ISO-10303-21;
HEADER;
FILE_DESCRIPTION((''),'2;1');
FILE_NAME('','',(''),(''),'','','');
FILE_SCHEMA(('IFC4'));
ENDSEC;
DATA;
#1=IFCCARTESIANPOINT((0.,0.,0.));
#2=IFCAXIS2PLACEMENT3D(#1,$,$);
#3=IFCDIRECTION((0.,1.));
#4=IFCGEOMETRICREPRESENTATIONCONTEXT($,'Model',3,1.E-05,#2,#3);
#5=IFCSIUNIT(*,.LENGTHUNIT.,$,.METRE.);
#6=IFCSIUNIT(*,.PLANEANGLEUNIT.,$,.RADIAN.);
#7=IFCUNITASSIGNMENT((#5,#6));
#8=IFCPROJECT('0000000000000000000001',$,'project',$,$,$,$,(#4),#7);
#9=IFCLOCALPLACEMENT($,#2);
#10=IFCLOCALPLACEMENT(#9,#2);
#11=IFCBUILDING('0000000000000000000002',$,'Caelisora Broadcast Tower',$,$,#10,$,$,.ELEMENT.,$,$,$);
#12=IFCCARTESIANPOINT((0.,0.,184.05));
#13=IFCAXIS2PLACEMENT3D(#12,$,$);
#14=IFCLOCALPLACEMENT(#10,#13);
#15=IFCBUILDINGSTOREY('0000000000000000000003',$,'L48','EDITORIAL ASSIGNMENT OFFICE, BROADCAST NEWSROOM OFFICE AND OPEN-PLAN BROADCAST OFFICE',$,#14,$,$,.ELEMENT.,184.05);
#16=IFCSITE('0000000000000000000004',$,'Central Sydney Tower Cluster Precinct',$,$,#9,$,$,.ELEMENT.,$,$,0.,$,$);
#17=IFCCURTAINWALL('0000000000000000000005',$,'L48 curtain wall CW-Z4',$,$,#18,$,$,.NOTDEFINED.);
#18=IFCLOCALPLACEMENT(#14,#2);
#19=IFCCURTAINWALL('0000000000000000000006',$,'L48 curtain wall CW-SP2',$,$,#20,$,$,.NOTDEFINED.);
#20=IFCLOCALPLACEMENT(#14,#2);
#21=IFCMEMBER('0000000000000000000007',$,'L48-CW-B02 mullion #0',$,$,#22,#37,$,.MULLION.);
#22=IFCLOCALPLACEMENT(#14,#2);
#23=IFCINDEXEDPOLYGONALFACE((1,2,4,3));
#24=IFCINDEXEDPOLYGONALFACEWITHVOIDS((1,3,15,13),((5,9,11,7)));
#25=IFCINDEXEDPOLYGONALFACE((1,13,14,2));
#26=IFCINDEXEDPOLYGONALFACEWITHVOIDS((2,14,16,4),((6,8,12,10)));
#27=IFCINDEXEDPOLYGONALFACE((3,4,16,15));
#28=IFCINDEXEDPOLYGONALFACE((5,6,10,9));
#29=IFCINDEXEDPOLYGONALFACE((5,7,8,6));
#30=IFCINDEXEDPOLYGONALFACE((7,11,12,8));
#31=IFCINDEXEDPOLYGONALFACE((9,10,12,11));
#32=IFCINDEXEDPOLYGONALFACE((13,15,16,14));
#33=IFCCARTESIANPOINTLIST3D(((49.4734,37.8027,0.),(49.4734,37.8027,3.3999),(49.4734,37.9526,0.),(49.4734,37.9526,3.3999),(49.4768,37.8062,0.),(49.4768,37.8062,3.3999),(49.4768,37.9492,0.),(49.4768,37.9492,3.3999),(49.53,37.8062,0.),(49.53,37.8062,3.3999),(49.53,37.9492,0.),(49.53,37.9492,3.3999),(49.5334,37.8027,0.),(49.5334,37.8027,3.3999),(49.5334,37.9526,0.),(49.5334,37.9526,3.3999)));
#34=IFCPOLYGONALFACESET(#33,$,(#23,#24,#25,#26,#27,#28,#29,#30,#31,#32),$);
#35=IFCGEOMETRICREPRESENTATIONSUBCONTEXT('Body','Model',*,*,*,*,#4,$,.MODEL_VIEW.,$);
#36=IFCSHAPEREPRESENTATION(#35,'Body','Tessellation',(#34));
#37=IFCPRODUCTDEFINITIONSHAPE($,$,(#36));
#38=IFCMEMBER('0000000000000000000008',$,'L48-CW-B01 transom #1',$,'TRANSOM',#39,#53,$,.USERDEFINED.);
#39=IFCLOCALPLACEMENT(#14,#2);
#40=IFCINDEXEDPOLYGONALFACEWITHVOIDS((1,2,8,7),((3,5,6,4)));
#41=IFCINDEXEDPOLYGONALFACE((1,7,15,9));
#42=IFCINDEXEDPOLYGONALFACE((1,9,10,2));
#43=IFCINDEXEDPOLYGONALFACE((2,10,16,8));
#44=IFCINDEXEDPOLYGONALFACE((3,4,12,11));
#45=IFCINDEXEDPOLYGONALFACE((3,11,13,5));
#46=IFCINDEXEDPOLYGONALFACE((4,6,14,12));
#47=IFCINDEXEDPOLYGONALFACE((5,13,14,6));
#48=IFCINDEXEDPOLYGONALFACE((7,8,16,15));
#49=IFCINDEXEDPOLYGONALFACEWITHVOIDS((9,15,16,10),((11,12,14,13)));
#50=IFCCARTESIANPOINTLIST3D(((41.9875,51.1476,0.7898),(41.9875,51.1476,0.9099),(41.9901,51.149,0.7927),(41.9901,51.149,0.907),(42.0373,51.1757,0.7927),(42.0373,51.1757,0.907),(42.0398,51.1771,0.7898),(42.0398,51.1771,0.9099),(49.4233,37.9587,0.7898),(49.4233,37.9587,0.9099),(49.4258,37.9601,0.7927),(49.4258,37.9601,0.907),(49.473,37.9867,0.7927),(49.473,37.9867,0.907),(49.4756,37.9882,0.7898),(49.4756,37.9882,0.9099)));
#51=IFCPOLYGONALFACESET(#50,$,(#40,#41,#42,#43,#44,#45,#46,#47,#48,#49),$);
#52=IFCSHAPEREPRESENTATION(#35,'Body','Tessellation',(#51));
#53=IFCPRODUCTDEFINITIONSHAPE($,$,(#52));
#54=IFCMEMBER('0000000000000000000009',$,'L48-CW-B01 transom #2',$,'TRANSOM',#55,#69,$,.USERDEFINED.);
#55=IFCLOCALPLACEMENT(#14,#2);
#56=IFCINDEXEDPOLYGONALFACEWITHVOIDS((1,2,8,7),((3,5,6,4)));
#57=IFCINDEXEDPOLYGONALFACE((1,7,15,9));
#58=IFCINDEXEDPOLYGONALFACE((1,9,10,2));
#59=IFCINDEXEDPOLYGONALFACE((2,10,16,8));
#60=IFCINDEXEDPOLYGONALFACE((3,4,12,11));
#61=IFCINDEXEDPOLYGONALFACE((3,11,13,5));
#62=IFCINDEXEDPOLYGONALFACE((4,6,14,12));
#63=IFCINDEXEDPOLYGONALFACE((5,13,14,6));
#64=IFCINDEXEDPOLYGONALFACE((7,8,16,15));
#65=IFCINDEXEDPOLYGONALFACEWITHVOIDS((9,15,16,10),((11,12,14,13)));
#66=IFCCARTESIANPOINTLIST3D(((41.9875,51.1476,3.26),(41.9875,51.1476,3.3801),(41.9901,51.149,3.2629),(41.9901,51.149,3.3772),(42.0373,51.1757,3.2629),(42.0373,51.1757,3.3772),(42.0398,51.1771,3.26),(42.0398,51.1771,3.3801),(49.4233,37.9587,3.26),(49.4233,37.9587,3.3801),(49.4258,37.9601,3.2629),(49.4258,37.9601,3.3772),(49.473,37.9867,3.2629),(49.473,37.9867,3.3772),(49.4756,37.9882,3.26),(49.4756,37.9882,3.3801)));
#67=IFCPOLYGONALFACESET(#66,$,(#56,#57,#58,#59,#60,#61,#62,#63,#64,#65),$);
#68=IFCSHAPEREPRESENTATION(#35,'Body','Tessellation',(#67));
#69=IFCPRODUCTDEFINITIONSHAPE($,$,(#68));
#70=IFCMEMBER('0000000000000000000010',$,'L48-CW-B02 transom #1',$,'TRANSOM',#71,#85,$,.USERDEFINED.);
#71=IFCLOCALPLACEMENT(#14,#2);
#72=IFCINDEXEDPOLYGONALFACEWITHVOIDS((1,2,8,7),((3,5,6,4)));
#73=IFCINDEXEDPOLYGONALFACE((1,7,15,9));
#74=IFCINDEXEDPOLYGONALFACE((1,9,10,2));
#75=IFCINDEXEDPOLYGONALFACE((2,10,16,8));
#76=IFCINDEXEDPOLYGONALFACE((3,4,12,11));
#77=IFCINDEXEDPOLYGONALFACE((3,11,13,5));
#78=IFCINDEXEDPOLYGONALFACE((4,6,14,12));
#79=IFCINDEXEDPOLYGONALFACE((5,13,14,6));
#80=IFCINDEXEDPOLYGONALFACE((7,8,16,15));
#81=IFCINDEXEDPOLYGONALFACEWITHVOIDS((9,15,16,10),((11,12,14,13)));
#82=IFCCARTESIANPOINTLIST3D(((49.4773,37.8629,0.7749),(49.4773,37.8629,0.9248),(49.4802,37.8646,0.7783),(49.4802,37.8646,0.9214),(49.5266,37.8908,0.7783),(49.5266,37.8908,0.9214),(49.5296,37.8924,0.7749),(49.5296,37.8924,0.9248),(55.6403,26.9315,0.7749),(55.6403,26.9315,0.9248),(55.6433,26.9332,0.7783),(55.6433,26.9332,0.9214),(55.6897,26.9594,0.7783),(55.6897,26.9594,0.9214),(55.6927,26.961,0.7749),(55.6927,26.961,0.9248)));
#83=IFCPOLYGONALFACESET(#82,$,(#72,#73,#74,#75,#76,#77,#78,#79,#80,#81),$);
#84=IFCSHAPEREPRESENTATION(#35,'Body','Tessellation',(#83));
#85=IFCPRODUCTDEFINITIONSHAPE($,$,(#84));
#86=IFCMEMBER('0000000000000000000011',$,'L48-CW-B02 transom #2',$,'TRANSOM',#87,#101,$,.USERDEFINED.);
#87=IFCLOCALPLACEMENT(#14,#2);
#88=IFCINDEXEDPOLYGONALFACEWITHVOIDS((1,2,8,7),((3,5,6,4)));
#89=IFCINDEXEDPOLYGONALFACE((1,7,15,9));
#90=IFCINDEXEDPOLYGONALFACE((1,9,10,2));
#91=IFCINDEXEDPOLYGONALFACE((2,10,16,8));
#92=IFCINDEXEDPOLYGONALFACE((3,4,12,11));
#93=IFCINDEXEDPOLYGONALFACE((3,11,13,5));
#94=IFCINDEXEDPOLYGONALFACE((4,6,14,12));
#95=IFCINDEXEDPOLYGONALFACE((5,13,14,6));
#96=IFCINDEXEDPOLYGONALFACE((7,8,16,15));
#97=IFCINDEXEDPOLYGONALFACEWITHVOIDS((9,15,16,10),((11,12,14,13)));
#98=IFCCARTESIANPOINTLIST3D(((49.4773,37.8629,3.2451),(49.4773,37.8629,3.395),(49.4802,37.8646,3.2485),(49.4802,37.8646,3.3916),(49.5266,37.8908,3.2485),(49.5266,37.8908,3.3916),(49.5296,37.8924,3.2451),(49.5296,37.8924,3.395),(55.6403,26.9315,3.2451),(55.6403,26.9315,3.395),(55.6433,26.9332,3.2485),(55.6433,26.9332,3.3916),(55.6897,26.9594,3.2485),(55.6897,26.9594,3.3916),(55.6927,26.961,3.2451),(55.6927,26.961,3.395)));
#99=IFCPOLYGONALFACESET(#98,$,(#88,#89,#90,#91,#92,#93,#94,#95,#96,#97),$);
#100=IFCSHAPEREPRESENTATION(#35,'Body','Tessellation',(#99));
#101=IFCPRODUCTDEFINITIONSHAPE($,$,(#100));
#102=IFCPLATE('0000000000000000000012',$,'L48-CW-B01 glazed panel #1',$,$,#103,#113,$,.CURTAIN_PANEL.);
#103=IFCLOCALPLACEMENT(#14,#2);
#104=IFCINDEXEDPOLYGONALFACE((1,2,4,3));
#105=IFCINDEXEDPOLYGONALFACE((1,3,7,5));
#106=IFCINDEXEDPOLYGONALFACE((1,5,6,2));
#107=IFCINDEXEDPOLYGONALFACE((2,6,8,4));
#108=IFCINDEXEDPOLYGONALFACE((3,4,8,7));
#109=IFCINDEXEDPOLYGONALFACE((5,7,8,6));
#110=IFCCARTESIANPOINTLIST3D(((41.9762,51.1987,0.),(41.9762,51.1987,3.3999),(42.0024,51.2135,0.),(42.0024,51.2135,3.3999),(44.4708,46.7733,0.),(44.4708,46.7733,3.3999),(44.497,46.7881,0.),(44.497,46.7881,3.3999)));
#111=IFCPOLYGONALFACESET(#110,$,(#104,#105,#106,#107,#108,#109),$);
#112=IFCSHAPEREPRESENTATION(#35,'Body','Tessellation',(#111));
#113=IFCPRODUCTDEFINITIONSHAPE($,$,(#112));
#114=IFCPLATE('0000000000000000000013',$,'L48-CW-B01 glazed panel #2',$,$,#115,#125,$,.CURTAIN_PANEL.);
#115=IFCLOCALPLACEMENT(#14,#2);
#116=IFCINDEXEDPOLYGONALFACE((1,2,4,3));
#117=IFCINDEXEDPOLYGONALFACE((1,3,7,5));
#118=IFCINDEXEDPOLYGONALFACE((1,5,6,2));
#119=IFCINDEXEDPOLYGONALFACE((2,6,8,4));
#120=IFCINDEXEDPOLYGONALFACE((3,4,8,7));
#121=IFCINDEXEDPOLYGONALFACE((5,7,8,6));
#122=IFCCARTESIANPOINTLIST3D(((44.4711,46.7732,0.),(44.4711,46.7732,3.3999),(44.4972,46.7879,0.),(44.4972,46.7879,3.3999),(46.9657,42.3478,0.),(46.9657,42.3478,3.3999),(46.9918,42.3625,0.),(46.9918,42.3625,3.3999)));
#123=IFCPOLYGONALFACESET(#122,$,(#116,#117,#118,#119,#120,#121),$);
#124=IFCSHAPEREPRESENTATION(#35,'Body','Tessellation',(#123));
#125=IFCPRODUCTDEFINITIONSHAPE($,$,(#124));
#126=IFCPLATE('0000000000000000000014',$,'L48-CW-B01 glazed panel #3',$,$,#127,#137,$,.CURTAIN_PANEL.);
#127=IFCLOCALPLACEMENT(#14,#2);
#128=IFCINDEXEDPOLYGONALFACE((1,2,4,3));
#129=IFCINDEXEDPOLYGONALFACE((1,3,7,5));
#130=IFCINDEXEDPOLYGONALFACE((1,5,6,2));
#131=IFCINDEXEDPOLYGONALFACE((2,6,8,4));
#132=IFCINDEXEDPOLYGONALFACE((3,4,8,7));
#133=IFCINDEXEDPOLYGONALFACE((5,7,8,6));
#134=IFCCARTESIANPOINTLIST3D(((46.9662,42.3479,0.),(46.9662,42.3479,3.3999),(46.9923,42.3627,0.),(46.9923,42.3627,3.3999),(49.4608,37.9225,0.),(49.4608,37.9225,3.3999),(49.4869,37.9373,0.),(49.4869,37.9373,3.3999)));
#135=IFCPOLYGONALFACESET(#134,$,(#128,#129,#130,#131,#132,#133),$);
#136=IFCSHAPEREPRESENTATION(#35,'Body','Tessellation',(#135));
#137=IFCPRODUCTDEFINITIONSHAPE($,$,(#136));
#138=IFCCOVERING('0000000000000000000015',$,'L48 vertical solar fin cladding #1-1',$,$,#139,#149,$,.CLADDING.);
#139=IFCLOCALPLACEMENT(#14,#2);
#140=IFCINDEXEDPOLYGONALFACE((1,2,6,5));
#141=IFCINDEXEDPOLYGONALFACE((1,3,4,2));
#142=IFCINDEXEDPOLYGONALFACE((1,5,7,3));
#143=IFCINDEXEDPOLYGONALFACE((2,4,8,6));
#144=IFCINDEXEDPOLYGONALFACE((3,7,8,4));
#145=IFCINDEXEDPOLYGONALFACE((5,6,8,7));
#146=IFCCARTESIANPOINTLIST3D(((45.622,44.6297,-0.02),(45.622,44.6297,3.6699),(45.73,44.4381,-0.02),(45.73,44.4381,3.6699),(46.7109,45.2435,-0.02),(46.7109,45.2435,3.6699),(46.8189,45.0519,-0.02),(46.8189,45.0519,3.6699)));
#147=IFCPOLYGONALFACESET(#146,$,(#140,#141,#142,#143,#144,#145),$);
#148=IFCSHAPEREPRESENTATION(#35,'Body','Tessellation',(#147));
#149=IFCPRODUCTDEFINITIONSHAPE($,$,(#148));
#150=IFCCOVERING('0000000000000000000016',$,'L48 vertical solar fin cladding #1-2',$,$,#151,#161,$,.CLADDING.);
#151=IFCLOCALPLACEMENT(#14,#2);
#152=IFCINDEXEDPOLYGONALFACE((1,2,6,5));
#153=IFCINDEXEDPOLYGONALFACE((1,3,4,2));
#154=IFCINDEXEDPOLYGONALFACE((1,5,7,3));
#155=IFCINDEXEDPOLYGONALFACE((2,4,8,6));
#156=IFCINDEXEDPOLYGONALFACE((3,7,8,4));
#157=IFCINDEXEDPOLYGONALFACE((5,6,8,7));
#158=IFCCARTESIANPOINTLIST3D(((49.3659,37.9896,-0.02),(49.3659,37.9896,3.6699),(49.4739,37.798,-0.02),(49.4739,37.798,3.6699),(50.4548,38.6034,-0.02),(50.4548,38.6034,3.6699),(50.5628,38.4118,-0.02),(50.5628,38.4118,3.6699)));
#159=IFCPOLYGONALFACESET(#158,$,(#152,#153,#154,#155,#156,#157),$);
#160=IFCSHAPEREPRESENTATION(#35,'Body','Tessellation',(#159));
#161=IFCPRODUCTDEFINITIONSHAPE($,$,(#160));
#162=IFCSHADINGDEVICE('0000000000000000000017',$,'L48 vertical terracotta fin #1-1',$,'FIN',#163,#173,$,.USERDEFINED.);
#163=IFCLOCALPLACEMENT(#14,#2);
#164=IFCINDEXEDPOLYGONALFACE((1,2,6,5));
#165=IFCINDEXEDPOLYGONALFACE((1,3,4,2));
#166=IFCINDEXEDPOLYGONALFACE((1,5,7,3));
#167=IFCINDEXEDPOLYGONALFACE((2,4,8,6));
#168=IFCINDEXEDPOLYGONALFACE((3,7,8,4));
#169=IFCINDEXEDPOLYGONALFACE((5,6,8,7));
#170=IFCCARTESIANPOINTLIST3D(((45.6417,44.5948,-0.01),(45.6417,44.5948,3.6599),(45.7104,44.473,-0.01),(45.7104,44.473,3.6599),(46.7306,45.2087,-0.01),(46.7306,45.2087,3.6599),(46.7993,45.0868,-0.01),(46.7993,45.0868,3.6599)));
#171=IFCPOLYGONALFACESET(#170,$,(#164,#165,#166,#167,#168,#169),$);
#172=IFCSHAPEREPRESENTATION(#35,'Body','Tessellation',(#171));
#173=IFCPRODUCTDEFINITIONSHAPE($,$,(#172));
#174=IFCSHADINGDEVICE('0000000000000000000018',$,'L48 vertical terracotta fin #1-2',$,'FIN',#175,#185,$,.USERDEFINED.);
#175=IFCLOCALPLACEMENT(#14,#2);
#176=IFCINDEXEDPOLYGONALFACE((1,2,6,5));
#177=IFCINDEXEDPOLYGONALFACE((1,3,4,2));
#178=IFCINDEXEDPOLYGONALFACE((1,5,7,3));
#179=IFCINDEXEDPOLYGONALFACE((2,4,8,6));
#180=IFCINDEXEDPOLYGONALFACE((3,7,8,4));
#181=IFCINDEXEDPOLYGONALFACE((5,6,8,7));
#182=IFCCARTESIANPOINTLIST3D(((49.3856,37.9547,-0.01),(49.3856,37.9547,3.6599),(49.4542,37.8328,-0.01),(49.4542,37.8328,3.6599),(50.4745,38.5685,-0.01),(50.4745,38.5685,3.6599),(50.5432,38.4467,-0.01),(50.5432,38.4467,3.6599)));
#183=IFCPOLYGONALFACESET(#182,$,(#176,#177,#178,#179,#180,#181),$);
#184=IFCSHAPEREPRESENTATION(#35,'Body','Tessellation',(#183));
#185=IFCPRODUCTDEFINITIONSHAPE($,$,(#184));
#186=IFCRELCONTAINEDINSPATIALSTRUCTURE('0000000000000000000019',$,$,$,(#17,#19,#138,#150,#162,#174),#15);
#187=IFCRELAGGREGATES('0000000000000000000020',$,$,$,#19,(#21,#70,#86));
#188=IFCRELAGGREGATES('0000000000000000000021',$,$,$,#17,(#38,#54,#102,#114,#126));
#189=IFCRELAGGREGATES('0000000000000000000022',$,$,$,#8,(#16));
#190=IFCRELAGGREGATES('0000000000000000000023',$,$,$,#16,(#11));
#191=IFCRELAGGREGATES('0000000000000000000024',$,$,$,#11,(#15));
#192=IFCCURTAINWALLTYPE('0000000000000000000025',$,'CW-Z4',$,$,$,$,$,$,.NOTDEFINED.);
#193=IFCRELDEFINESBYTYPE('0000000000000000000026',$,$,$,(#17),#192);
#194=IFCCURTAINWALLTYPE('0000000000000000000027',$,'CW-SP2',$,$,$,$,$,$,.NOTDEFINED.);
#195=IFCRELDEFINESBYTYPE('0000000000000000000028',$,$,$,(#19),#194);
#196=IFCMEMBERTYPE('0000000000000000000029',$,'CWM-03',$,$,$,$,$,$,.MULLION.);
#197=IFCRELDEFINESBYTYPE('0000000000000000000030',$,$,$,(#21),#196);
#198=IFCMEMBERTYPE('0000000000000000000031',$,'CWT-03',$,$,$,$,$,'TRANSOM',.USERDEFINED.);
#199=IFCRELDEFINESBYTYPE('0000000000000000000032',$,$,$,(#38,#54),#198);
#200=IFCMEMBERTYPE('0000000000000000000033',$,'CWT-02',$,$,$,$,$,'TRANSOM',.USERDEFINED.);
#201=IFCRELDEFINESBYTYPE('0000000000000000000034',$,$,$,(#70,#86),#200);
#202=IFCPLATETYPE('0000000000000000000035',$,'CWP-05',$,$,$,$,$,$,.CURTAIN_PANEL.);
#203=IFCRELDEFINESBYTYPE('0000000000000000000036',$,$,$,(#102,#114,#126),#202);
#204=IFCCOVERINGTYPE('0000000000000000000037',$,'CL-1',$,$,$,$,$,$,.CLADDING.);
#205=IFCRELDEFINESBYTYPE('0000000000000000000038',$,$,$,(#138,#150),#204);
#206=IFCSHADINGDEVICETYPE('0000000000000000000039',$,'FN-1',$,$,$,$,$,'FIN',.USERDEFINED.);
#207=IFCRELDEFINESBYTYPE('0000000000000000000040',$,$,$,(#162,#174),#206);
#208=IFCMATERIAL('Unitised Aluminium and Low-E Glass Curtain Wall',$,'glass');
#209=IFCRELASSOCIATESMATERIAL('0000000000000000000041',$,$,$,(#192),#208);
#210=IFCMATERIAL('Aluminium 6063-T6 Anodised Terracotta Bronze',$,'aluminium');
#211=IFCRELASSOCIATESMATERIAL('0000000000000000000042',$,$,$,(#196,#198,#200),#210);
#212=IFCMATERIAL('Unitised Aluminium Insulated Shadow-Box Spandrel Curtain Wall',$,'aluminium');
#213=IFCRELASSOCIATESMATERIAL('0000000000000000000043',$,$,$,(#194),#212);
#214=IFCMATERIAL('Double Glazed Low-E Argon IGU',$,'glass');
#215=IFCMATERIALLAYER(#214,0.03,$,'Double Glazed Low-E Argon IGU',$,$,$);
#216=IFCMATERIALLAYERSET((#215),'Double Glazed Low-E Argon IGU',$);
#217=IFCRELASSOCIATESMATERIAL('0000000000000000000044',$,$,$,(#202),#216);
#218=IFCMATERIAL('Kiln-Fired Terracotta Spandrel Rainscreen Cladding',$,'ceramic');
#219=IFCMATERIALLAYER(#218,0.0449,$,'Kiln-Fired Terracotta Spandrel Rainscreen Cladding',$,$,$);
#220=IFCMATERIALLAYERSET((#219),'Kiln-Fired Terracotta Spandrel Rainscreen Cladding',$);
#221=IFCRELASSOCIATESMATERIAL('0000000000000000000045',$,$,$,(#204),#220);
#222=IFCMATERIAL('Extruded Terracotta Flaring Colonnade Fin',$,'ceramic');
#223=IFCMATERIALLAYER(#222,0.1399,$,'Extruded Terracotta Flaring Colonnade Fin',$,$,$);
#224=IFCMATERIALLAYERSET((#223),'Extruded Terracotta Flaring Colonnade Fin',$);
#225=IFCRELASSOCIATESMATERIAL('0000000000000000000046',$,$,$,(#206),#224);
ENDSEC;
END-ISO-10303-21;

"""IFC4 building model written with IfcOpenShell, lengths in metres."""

from ifc_helpers import new_model, si_unit, direction, frame, origin, origin_2d, place, context, subcontext, project, spatial, rectangle, hollow_rectangle, extrude, source, transform, mapped, material, layer, layer_set, material_profile, profile_set, type_object, type_shapes, element, aggregate, save


model = new_model("IFC4")

# Units and contexts
model_context = context("Model", 3, precision=1e-05, world=origin(), true_north=direction((0.0, 1.0)))
body_context = subcontext(model_context, "Body", "Model", "MODEL_VIEW")
ifc_project = project(units=[si_unit("LENGTHUNIT", "METRE"), si_unit("PLANEANGLEUNIT", "RADIAN")], contexts=[model_context])

# Site, building, storey
site_placement = place(None, origin())
site = spatial("IfcSite", under=ifc_project, at=site_placement, Name="Central Sydney Tower Cluster Precinct", CompositionType="ELEMENT", RefElevation=0.0)
building_placement = place(site_placement, origin())
building = spatial("IfcBuilding", under=site, at=building_placement, Name="Caelisora Broadcast Tower", CompositionType="ELEMENT")
storey_placement = place(building_placement, frame((0.0, 0.0, 184.05)))
storey = spatial("IfcBuildingStorey", under=building, at=storey_placement, Name="L48", Description="EDITORIAL ASSIGNMENT OFFICE, BROADCAST NEWSROOM OFFICE AND OPEN-PLAN BROADCAST OFFICE", CompositionType="ELEMENT", Elevation=184.05)

# Curtain wall
ifc_material_1 = material(Name="Unitised Aluminium and Low-E Glass Curtain Wall", Category="glass")
curtain_wall_type_1 = type_object("IfcCurtainWallType", Name="CW-Z4", PredefinedType="NOTDEFINED", material=ifc_material_1)
curtain_wall_1_placement = place(storey_placement, origin())
curtain_wall_1 = element("IfcCurtainWall", 1, at=curtain_wall_1_placement, inside=storey, type_object=curtain_wall_type_1, Name="L48 curtain wall CW-Z4", PredefinedType="NOTDEFINED")
ifc_material_2 = material(Name="Aluminium 6063-T6 Anodised Terracotta Bronze", Category="aluminium")
ifc_material_profile_1 = material_profile(ifc_material_2, hollow_rectangle(XDim=0.0601, YDim=0.1499, WallThickness=0.0034, at=origin_2d()), Name="Aluminium 6063-T6 Anodised Terracotta Bronze")
ifc_profile_set_1 = profile_set([ifc_material_profile_1], Name="Aluminium 6063-T6 Anodised Terracotta Bronze")
member_type_1 = type_object("IfcMemberType", Name="CWM-03", PredefinedType="MULLION", material=ifc_profile_set_1)
shared_shape_1 = source(origin(), body_context, "Body", "SweptSolid", [
    extrude(hollow_rectangle(XDim=0.0601, YDim=0.1499, WallThickness=0.0034, at=origin_2d()), origin(), (0.0, 0.0, 1.0), 3.3999),
])
type_shapes(member_type_1, [shared_shape_1])

# Curtain wall, member
ifc_material_3 = material(Name="Unitised Aluminium Insulated Shadow-Box Spandrel Curtain Wall", Category="aluminium")
curtain_wall_type_2 = type_object("IfcCurtainWallType", Name="CW-SP2", PredefinedType="NOTDEFINED", material=ifc_material_3)
curtain_wall_2_placement = place(storey_placement, origin())
curtain_wall_2 = element("IfcCurtainWall", 2, at=curtain_wall_2_placement, inside=storey, type_object=curtain_wall_type_2, Name="L48 curtain wall CW-SP2", PredefinedType="NOTDEFINED")
member_1_placement = place(storey_placement, frame((49.5034, 37.8777, 0.0), z_axis=(0.0, 0.0, 1.0), x_axis=(1.0, 0.0, 0.0)))
member_1 = element("IfcMember", 3, at=member_1_placement, type_object=member_type_1, Name="L48-CW-B02 mullion #0", PredefinedType="MULLION", context=body_context, shape_type="MappedRepresentation", body=[
    mapped(shared_shape_1, transform((0.0, 0.0, 0.0), scale=1.0)),
])

# Members
ifc_material_profile_2 = material_profile(ifc_material_2, hollow_rectangle(XDim=0.0601, YDim=0.1201, WallThickness=0.0029, at=origin_2d()), Name="Aluminium 6063-T6 Anodised Terracotta Bronze")
ifc_profile_set_2 = profile_set([ifc_material_profile_2], Name="Aluminium 6063-T6 Anodised Terracotta Bronze")
member_type_2 = type_object("IfcMemberType", Name="CWT-03", ElementType="TRANSOM", PredefinedType="USERDEFINED", material=ifc_profile_set_2)
shared_shape_2 = source(origin(), body_context, "Body", "SweptSolid", [
    extrude(hollow_rectangle(XDim=0.0601, YDim=0.1201, WallThickness=0.0029, at=origin_2d()), origin(), (0.0, 0.0, 1.0), 15.1406),
])
type_shapes(member_type_2, [shared_shape_2])
member_2_placement = place(storey_placement, frame((42.0137, 51.1624, 0.8499), z_axis=(0.491114, -0.871095, 0.0), x_axis=(0.871095, 0.491114, 0.0)))
member_2 = element("IfcMember", 4, at=member_2_placement, type_object=member_type_2, Name="L48-CW-B01 transom #1", ObjectType="TRANSOM", PredefinedType="USERDEFINED", context=body_context, shape_type="MappedRepresentation", body=[
    mapped(shared_shape_2, transform((0.0, 0.0, 0.0), scale=1.0)),
])
member_3_placement = place(storey_placement, frame((42.0137, 51.1624, 3.3201), z_axis=(0.491114, -0.871095, 0.0), x_axis=(0.871095, 0.491114, 0.0)))
member_3 = element("IfcMember", 5, at=member_3_placement, type_object=member_type_2, Name="L48-CW-B01 transom #2", ObjectType="TRANSOM", PredefinedType="USERDEFINED", context=body_context, shape_type="MappedRepresentation", body=[
    mapped(shared_shape_2, transform((0.0, 0.0, 0.0), scale=1.0)),
])
ifc_material_profile_3 = material_profile(ifc_material_2, hollow_rectangle(XDim=0.0601, YDim=0.1499, WallThickness=0.0034, at=origin_2d()), Name="Aluminium 6063-T6 Anodised Terracotta Bronze")
ifc_profile_set_3 = profile_set([ifc_material_profile_3], Name="Aluminium 6063-T6 Anodised Terracotta Bronze")
member_type_3 = type_object("IfcMemberType", Name="CWT-02", ElementType="TRANSOM", PredefinedType="USERDEFINED", material=ifc_profile_set_3)
shared_shape_3 = source(origin(), body_context, "Body", "SweptSolid", [
    extrude(hollow_rectangle(XDim=0.0601, YDim=0.1499, WallThickness=0.0034, at=origin_2d()), origin(), (0.0, 0.0, 1.0), 12.5491),
])
type_shapes(member_type_3, [shared_shape_3])
member_4_placement = place(storey_placement, frame((49.5034, 37.8777, 0.8499), z_axis=(0.491119, -0.871092, 0.0), x_axis=(0.871092, 0.491119, 0.0)))
member_4 = element("IfcMember", 6, at=member_4_placement, type_object=member_type_3, Name="L48-CW-B02 transom #1", ObjectType="TRANSOM", PredefinedType="USERDEFINED", context=body_context, shape_type="MappedRepresentation", body=[
    mapped(shared_shape_3, transform((0.0, 0.0, 0.0), scale=1.0)),
])
member_5_placement = place(storey_placement, frame((49.5034, 37.8777, 3.3201), z_axis=(0.491119, -0.871092, 0.0), x_axis=(0.871092, 0.491119, 0.0)))
member_5 = element("IfcMember", 7, at=member_5_placement, type_object=member_type_3, Name="L48-CW-B02 transom #2", ObjectType="TRANSOM", PredefinedType="USERDEFINED", context=body_context, shape_type="MappedRepresentation", body=[
    mapped(shared_shape_3, transform((0.0, 0.0, 0.0), scale=1.0)),
])
aggregate(curtain_wall_2, [member_1, member_4, member_5])

# Plates
ifc_material_4 = material(Name="Double Glazed Low-E Argon IGU", Category="glass")
ifc_layer_1 = layer(ifc_material_4, 0.03, Name="Double Glazed Low-E Argon IGU")
ifc_layer_set_1 = layer_set([ifc_layer_1], Name="Double Glazed Low-E Argon IGU")
plate_type = type_object("IfcPlateType", Name="CWP-05", PredefinedType="CURTAIN_PANEL", material=ifc_layer_set_1)
shared_shape_4 = source(origin(), body_context, "Body", "SweptSolid", [
    extrude(rectangle(XDim=5.0801, YDim=0.03, at=origin_2d()), origin(), (0.0, 0.0, 1.0), 3.3999),
])
type_shapes(plate_type, [shared_shape_4])
plate_1_placement = place(storey_placement, frame((43.2366, 48.9934, 0.0), z_axis=(0.0, 0.0, 1.0), x_axis=(0.491056, -0.871128, 0.0)))
plate_1 = element("IfcPlate", 8, at=plate_1_placement, type_object=plate_type, Name="L48-CW-B01 glazed panel #1", PredefinedType="CURTAIN_PANEL", context=body_context, shape_type="MappedRepresentation", body=[
    mapped(shared_shape_4, transform((0.0, 0.0, 0.0), scale=1.0)),
])
plate_2_placement = place(storey_placement, frame((45.7314, 44.5679, 0.0), z_axis=(0.0, 0.0, 1.0), x_axis=(0.491056, -0.871128, 0.0)))
plate_2 = element("IfcPlate", 9, at=plate_2_placement, type_object=plate_type, Name="L48-CW-B01 glazed panel #2", PredefinedType="CURTAIN_PANEL", context=body_context, shape_type="MappedRepresentation", body=[
    mapped(shared_shape_4, transform((0.0, 0.0, 0.0), scale=1.0)),
])
plate_3_placement = place(storey_placement, frame((48.2266, 40.1426, 0.0), z_axis=(0.0, 0.0, 1.0), x_axis=(0.491056, -0.871128, 0.0)))
plate_3 = element("IfcPlate", 10, at=plate_3_placement, type_object=plate_type, Name="L48-CW-B01 glazed panel #3", PredefinedType="CURTAIN_PANEL", context=body_context, shape_type="MappedRepresentation", body=[
    mapped(shared_shape_4, transform((0.0, 0.0, 0.0), scale=1.0)),
])
aggregate(curtain_wall_1, [member_2, member_3, plate_1, plate_2, plate_3])

# Coverings
ifc_material_5 = material(Name="Kiln-Fired Terracotta Spandrel Rainscreen Cladding", Category="ceramic")
ifc_layer_2 = layer(ifc_material_5, 0.0449, Name="Kiln-Fired Terracotta Spandrel Rainscreen Cladding")
ifc_layer_set_2 = layer_set([ifc_layer_2], Name="Kiln-Fired Terracotta Spandrel Rainscreen Cladding")
covering_type = type_object("IfcCoveringType", Name="CL-1", PredefinedType="CLADDING", material=ifc_layer_set_2)
shared_shape_5 = source(origin(), body_context, "Body", "SweptSolid", [
    extrude(rectangle(XDim=0.22, YDim=1.25, at=origin_2d()), origin(), (0.0, 0.0, 1.0), 3.6899),
])
type_shapes(covering_type, [shared_shape_5])
for number, where, z_axis, x_axis, name in (
    (11, (46.2205, 44.8408, -0.02), (0.0, 0.0, 1.0), (0.491056, -0.871128, 0.0), "L48 vertical solar fin cladding #1-1"),
    (12, (49.9644, 38.2007, -0.02), (0.0, 0.0, 1.0), (0.491056, -0.871128, 0.0), "L48 vertical solar fin cladding #1-2"),
):
    element("IfcCovering", number, at=place(storey_placement, frame(where, z_axis=z_axis, x_axis=x_axis)), inside=storey, type_object=covering_type, Name=name, PredefinedType="CLADDING", context=body_context, shape_type="MappedRepresentation", body=[
        mapped(shared_shape_5, transform((0.0, 0.0, 0.0), scale=1.0)),
    ])

# Shading devices
ifc_material_6 = material(Name="Extruded Terracotta Flaring Colonnade Fin", Category="ceramic")
ifc_layer_3 = layer(ifc_material_6, 0.1399, Name="Extruded Terracotta Flaring Colonnade Fin")
ifc_layer_set_3 = layer_set([ifc_layer_3], Name="Extruded Terracotta Flaring Colonnade Fin")
shading_device_type = type_object("IfcShadingDeviceType", Name="FN-1", ElementType="FIN", PredefinedType="USERDEFINED", material=ifc_layer_set_3)
shared_shape_6 = source(origin(), body_context, "Body", "SweptSolid", [
    extrude(rectangle(XDim=0.1399, YDim=1.25, at=origin_2d()), origin(), (0.0, 0.0, 1.0), 3.6699),
])
type_shapes(shading_device_type, [shared_shape_6])
for number, where, z_axis, x_axis, name in (
    (13, (46.2205, 44.8408, -0.01), (0.0, 0.0, 1.0), (0.491056, -0.871128, 0.0), "L48 vertical terracotta fin #1-1"),
    (14, (49.9644, 38.2007, -0.01), (0.0, 0.0, 1.0), (0.491056, -0.871128, 0.0), "L48 vertical terracotta fin #1-2"),
):
    element("IfcShadingDevice", number, at=place(storey_placement, frame(where, z_axis=z_axis, x_axis=x_axis)), inside=storey, type_object=shading_device_type, Name=name, ObjectType="FIN", PredefinedType="USERDEFINED", context=body_context, shape_type="MappedRepresentation", body=[
        mapped(shared_shape_6, transform((0.0, 0.0, 0.0), scale=1.0)),
    ])

save(model, "model.ifc")
